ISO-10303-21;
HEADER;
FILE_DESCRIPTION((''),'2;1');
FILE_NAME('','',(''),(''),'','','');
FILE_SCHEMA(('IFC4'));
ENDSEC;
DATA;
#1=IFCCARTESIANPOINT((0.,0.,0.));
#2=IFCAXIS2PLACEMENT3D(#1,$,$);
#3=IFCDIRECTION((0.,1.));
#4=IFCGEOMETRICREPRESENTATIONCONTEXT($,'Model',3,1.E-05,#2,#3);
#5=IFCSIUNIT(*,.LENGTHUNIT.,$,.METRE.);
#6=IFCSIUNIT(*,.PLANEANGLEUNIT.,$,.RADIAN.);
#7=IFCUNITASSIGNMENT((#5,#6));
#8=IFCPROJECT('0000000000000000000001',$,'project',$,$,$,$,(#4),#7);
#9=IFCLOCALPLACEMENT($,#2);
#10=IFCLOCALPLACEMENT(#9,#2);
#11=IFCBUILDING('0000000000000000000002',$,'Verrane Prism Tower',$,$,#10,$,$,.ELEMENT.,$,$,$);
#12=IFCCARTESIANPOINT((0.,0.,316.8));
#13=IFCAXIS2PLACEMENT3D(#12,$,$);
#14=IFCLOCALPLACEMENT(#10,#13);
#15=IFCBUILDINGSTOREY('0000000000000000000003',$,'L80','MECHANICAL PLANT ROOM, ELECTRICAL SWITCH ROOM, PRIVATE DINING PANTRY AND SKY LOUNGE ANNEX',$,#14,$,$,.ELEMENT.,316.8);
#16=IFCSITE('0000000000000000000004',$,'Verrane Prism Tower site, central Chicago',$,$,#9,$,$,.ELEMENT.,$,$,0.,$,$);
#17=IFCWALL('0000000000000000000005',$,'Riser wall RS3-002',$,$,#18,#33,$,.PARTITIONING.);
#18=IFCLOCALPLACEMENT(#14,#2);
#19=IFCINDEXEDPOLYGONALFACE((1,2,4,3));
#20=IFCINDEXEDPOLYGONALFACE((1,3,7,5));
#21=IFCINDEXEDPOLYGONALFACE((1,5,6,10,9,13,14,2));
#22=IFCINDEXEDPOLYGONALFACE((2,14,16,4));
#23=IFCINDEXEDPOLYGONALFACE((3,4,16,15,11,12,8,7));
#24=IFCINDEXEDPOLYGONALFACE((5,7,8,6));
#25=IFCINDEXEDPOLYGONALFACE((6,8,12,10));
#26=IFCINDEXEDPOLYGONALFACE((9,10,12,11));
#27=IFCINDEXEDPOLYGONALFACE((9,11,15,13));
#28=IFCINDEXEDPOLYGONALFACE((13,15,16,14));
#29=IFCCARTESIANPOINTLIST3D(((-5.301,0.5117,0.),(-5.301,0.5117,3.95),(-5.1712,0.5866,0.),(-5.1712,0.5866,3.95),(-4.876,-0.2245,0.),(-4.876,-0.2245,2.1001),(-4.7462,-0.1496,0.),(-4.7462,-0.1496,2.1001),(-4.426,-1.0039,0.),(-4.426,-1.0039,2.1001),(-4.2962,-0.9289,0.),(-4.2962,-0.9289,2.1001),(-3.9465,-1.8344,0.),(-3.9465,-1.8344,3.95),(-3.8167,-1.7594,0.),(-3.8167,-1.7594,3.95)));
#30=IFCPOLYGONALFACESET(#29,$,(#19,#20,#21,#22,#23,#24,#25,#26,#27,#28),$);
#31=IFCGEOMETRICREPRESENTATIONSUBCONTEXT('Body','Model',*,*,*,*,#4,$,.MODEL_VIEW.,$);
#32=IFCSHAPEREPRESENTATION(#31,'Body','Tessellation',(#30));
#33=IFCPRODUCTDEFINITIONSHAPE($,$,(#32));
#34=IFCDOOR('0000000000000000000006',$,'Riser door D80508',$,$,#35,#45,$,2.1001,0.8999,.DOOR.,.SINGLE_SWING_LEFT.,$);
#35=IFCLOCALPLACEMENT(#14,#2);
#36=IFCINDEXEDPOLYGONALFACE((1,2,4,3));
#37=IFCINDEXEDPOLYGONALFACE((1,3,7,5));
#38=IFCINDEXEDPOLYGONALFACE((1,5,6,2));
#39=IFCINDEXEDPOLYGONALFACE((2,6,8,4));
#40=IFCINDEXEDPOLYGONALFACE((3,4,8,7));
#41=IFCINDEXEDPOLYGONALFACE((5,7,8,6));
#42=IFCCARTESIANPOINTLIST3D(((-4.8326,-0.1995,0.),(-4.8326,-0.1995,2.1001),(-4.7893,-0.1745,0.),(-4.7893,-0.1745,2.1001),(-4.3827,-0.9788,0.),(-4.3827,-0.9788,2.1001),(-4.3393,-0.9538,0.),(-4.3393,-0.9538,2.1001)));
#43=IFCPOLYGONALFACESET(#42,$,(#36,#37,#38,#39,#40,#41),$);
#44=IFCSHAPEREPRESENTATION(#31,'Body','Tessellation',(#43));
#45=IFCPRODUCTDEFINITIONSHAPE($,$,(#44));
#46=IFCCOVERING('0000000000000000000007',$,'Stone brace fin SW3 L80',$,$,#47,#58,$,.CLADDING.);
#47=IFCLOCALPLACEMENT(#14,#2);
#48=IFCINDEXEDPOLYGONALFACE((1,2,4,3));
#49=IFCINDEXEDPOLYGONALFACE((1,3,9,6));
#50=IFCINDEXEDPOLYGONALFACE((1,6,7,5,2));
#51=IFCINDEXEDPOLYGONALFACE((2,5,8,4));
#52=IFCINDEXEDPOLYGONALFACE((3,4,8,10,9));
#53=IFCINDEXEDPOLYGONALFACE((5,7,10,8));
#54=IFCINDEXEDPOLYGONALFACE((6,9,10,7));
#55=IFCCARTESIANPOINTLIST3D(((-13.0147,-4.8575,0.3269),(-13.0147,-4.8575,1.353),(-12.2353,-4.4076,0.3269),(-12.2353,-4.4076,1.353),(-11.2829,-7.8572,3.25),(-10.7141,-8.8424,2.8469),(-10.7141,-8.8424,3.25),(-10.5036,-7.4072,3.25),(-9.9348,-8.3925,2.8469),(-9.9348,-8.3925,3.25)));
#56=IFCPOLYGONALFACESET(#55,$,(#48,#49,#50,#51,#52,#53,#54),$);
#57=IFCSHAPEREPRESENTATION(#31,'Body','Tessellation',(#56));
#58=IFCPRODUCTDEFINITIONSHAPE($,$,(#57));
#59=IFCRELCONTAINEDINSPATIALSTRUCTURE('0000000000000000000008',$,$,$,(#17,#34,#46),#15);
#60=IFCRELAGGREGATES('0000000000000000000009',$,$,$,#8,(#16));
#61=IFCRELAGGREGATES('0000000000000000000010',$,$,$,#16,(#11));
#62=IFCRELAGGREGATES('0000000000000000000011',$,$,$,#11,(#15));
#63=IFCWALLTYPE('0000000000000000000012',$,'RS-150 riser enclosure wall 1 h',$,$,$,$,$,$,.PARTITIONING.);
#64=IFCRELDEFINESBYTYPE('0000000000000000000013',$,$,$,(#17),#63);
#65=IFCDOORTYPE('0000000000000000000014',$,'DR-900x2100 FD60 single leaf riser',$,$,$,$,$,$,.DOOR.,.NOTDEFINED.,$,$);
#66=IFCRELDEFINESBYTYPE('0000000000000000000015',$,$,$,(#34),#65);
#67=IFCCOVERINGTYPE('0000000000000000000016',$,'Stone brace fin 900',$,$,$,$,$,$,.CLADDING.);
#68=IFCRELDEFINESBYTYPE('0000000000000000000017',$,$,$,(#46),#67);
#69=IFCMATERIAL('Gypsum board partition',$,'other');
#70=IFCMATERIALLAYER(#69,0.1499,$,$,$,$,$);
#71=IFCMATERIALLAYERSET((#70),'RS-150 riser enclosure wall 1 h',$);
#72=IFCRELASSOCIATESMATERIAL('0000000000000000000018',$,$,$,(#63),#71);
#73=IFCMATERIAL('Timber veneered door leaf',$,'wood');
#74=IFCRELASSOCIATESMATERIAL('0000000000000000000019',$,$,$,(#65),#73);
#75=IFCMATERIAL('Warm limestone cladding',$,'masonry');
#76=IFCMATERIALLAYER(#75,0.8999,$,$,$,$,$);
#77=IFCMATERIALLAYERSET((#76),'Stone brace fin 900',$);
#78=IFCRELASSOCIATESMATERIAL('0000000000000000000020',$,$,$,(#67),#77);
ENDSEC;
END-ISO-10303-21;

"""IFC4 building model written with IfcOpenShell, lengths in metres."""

from ifc_helpers import new_model, si_unit, direction, frame, frame_2d, origin, place, context, subcontext, project, spatial, polyline, rectangle, outline, extrude, material, layer, layer_set, type_object, element, fill, save


model = new_model("IFC4")

# Units and contexts
model_context = context("Model", 3, precision=1e-05, world=origin(), true_north=direction((0.0, 1.0)))
body_context = subcontext(model_context, "Body", "Model", "MODEL_VIEW")
ifc_project = project(units=[si_unit("LENGTHUNIT", "METRE"), si_unit("PLANEANGLEUNIT", "RADIAN")], contexts=[model_context])

# Site, building, storey
site_placement = place(None, origin())
site = spatial("IfcSite", under=ifc_project, at=site_placement, Name="Verrane Prism Tower site, central Chicago", CompositionType="ELEMENT", RefElevation=0.0)
building_placement = place(site_placement, origin())
building = spatial("IfcBuilding", under=site, at=building_placement, Name="Verrane Prism Tower", CompositionType="ELEMENT")
storey_placement = place(building_placement, frame((0.0, 0.0, 316.8)))
storey = spatial("IfcBuildingStorey", under=building, at=storey_placement, Name="L80", Description="MECHANICAL PLANT ROOM, ELECTRICAL SWITCH ROOM, PRIVATE DINING PANTRY AND SKY LOUNGE ANNEX", CompositionType="ELEMENT", Elevation=316.8)

# Shared definitions
ifc_material_1 = material(Name="Gypsum board partition", Category="other")
ifc_layer_1 = layer(ifc_material_1, 0.1499)
ifc_layer_set_1 = layer_set([ifc_layer_1], Name="RS-150 riser enclosure wall 1 h")
wall_type_1 = type_object("IfcWallType", Name="RS-150 riser enclosure wall 1 h", PredefinedType="PARTITIONING", material=ifc_layer_set_1)

# Wall, opening, door
wall_1_placement = place(storey_placement, frame((-3.8816, -1.7969, 0.0), z_axis=(0.0, 0.0, 1.0), x_axis=(-0.500016, 0.866016, 0.0)))
wall_1 = element("IfcWall", 1, at=wall_1_placement, inside=storey, type_object=wall_type_1, Name="Riser wall RS3-002", PredefinedType="PARTITIONING", context=body_context, shape_type="SweptSolid", body=[
    extrude(rectangle(XDim=2.709, YDim=0.1499, at=frame_2d((1.3545, 0.0))), origin(), (0.0, 0.0, 1.0), 3.95),
])
opening_1_placement = place(wall_1_placement, frame((0.959, 0.0, 0.0)))
opening_1 = element("IfcOpeningElement", 2, at=opening_1_placement, cuts=wall_1, PredefinedType="OPENING", context=body_context, shape_type="SweptSolid", body=[
    extrude(rectangle(XDim=0.8999, YDim=2.1001, at=frame_2d((0.45, 1.05))), frame((0.0, 0.085, 0.0), z_axis=(0.0, -1.0, 0.0), x_axis=(1.0, 0.0, 0.0)), (0.0, 0.0, 1.0), 0.1699),
])
ifc_material_2 = material(Name="Timber veneered door leaf", Category="wood")
door_type_1 = type_object("IfcDoorType", Name="DR-900x2100 FD60 single leaf riser", OperationType="NOTDEFINED", PredefinedType="DOOR", material=ifc_material_2)
door_1_placement = place(opening_1_placement, origin())
door_1 = element("IfcDoor", 3, at=door_1_placement, inside=storey, type_object=door_type_1, Name="Riser door D80508", OperationType="SINGLE_SWING_LEFT", OverallHeight=2.1001, OverallWidth=0.8999, PredefinedType="DOOR", context=body_context, shape_type="SweptSolid", body=[
    extrude(rectangle(XDim=0.8999, YDim=2.1001, at=frame_2d((0.45, 1.05))), frame((0.0, 0.0249, 0.0), z_axis=(0.0, -1.0, 0.0), x_axis=(1.0, 0.0, 0.0)), (0.0, 0.0, 1.0), 0.05),
])
fill(opening_1, door_1)

# Covering
ifc_material_3 = material(Name="Warm limestone cladding", Category="masonry")
ifc_layer_2 = layer(ifc_material_3, 0.8999)
ifc_layer_set_2 = layer_set([ifc_layer_2], Name="Stone brace fin 900")
covering_type = type_object("IfcCoveringType", Name="Stone brace fin 900", PredefinedType="CLADDING", material=ifc_layer_set_2)
covering_placement = place(storey_placement, frame((-12.625, -4.6326, 0.3269), z_axis=(0.0, 0.0, 1.0), x_axis=(0.49998, -0.866037, 0.0)))
element("IfcCovering", 4, at=covering_placement, inside=storey, type_object=covering_type, Name="Stone brace fin SW3 L80", PredefinedType="CLADDING", context=body_context, shape_type="SweptSolid", body=[
    extrude(outline(polyline([(4.6013, 2.9231), (3.4636, 2.9231), (0.0, 1.0261), (0.0, 0.0), (4.6013, 2.52), (4.6013, 2.9231)])), frame((0.0, 0.45, 0.0), z_axis=(0.0, -1.0, 0.0), x_axis=(1.0, 0.0, 0.0)), (0.0, 0.0, 1.0), 0.8999),
])

save(model, "model.ifc")
